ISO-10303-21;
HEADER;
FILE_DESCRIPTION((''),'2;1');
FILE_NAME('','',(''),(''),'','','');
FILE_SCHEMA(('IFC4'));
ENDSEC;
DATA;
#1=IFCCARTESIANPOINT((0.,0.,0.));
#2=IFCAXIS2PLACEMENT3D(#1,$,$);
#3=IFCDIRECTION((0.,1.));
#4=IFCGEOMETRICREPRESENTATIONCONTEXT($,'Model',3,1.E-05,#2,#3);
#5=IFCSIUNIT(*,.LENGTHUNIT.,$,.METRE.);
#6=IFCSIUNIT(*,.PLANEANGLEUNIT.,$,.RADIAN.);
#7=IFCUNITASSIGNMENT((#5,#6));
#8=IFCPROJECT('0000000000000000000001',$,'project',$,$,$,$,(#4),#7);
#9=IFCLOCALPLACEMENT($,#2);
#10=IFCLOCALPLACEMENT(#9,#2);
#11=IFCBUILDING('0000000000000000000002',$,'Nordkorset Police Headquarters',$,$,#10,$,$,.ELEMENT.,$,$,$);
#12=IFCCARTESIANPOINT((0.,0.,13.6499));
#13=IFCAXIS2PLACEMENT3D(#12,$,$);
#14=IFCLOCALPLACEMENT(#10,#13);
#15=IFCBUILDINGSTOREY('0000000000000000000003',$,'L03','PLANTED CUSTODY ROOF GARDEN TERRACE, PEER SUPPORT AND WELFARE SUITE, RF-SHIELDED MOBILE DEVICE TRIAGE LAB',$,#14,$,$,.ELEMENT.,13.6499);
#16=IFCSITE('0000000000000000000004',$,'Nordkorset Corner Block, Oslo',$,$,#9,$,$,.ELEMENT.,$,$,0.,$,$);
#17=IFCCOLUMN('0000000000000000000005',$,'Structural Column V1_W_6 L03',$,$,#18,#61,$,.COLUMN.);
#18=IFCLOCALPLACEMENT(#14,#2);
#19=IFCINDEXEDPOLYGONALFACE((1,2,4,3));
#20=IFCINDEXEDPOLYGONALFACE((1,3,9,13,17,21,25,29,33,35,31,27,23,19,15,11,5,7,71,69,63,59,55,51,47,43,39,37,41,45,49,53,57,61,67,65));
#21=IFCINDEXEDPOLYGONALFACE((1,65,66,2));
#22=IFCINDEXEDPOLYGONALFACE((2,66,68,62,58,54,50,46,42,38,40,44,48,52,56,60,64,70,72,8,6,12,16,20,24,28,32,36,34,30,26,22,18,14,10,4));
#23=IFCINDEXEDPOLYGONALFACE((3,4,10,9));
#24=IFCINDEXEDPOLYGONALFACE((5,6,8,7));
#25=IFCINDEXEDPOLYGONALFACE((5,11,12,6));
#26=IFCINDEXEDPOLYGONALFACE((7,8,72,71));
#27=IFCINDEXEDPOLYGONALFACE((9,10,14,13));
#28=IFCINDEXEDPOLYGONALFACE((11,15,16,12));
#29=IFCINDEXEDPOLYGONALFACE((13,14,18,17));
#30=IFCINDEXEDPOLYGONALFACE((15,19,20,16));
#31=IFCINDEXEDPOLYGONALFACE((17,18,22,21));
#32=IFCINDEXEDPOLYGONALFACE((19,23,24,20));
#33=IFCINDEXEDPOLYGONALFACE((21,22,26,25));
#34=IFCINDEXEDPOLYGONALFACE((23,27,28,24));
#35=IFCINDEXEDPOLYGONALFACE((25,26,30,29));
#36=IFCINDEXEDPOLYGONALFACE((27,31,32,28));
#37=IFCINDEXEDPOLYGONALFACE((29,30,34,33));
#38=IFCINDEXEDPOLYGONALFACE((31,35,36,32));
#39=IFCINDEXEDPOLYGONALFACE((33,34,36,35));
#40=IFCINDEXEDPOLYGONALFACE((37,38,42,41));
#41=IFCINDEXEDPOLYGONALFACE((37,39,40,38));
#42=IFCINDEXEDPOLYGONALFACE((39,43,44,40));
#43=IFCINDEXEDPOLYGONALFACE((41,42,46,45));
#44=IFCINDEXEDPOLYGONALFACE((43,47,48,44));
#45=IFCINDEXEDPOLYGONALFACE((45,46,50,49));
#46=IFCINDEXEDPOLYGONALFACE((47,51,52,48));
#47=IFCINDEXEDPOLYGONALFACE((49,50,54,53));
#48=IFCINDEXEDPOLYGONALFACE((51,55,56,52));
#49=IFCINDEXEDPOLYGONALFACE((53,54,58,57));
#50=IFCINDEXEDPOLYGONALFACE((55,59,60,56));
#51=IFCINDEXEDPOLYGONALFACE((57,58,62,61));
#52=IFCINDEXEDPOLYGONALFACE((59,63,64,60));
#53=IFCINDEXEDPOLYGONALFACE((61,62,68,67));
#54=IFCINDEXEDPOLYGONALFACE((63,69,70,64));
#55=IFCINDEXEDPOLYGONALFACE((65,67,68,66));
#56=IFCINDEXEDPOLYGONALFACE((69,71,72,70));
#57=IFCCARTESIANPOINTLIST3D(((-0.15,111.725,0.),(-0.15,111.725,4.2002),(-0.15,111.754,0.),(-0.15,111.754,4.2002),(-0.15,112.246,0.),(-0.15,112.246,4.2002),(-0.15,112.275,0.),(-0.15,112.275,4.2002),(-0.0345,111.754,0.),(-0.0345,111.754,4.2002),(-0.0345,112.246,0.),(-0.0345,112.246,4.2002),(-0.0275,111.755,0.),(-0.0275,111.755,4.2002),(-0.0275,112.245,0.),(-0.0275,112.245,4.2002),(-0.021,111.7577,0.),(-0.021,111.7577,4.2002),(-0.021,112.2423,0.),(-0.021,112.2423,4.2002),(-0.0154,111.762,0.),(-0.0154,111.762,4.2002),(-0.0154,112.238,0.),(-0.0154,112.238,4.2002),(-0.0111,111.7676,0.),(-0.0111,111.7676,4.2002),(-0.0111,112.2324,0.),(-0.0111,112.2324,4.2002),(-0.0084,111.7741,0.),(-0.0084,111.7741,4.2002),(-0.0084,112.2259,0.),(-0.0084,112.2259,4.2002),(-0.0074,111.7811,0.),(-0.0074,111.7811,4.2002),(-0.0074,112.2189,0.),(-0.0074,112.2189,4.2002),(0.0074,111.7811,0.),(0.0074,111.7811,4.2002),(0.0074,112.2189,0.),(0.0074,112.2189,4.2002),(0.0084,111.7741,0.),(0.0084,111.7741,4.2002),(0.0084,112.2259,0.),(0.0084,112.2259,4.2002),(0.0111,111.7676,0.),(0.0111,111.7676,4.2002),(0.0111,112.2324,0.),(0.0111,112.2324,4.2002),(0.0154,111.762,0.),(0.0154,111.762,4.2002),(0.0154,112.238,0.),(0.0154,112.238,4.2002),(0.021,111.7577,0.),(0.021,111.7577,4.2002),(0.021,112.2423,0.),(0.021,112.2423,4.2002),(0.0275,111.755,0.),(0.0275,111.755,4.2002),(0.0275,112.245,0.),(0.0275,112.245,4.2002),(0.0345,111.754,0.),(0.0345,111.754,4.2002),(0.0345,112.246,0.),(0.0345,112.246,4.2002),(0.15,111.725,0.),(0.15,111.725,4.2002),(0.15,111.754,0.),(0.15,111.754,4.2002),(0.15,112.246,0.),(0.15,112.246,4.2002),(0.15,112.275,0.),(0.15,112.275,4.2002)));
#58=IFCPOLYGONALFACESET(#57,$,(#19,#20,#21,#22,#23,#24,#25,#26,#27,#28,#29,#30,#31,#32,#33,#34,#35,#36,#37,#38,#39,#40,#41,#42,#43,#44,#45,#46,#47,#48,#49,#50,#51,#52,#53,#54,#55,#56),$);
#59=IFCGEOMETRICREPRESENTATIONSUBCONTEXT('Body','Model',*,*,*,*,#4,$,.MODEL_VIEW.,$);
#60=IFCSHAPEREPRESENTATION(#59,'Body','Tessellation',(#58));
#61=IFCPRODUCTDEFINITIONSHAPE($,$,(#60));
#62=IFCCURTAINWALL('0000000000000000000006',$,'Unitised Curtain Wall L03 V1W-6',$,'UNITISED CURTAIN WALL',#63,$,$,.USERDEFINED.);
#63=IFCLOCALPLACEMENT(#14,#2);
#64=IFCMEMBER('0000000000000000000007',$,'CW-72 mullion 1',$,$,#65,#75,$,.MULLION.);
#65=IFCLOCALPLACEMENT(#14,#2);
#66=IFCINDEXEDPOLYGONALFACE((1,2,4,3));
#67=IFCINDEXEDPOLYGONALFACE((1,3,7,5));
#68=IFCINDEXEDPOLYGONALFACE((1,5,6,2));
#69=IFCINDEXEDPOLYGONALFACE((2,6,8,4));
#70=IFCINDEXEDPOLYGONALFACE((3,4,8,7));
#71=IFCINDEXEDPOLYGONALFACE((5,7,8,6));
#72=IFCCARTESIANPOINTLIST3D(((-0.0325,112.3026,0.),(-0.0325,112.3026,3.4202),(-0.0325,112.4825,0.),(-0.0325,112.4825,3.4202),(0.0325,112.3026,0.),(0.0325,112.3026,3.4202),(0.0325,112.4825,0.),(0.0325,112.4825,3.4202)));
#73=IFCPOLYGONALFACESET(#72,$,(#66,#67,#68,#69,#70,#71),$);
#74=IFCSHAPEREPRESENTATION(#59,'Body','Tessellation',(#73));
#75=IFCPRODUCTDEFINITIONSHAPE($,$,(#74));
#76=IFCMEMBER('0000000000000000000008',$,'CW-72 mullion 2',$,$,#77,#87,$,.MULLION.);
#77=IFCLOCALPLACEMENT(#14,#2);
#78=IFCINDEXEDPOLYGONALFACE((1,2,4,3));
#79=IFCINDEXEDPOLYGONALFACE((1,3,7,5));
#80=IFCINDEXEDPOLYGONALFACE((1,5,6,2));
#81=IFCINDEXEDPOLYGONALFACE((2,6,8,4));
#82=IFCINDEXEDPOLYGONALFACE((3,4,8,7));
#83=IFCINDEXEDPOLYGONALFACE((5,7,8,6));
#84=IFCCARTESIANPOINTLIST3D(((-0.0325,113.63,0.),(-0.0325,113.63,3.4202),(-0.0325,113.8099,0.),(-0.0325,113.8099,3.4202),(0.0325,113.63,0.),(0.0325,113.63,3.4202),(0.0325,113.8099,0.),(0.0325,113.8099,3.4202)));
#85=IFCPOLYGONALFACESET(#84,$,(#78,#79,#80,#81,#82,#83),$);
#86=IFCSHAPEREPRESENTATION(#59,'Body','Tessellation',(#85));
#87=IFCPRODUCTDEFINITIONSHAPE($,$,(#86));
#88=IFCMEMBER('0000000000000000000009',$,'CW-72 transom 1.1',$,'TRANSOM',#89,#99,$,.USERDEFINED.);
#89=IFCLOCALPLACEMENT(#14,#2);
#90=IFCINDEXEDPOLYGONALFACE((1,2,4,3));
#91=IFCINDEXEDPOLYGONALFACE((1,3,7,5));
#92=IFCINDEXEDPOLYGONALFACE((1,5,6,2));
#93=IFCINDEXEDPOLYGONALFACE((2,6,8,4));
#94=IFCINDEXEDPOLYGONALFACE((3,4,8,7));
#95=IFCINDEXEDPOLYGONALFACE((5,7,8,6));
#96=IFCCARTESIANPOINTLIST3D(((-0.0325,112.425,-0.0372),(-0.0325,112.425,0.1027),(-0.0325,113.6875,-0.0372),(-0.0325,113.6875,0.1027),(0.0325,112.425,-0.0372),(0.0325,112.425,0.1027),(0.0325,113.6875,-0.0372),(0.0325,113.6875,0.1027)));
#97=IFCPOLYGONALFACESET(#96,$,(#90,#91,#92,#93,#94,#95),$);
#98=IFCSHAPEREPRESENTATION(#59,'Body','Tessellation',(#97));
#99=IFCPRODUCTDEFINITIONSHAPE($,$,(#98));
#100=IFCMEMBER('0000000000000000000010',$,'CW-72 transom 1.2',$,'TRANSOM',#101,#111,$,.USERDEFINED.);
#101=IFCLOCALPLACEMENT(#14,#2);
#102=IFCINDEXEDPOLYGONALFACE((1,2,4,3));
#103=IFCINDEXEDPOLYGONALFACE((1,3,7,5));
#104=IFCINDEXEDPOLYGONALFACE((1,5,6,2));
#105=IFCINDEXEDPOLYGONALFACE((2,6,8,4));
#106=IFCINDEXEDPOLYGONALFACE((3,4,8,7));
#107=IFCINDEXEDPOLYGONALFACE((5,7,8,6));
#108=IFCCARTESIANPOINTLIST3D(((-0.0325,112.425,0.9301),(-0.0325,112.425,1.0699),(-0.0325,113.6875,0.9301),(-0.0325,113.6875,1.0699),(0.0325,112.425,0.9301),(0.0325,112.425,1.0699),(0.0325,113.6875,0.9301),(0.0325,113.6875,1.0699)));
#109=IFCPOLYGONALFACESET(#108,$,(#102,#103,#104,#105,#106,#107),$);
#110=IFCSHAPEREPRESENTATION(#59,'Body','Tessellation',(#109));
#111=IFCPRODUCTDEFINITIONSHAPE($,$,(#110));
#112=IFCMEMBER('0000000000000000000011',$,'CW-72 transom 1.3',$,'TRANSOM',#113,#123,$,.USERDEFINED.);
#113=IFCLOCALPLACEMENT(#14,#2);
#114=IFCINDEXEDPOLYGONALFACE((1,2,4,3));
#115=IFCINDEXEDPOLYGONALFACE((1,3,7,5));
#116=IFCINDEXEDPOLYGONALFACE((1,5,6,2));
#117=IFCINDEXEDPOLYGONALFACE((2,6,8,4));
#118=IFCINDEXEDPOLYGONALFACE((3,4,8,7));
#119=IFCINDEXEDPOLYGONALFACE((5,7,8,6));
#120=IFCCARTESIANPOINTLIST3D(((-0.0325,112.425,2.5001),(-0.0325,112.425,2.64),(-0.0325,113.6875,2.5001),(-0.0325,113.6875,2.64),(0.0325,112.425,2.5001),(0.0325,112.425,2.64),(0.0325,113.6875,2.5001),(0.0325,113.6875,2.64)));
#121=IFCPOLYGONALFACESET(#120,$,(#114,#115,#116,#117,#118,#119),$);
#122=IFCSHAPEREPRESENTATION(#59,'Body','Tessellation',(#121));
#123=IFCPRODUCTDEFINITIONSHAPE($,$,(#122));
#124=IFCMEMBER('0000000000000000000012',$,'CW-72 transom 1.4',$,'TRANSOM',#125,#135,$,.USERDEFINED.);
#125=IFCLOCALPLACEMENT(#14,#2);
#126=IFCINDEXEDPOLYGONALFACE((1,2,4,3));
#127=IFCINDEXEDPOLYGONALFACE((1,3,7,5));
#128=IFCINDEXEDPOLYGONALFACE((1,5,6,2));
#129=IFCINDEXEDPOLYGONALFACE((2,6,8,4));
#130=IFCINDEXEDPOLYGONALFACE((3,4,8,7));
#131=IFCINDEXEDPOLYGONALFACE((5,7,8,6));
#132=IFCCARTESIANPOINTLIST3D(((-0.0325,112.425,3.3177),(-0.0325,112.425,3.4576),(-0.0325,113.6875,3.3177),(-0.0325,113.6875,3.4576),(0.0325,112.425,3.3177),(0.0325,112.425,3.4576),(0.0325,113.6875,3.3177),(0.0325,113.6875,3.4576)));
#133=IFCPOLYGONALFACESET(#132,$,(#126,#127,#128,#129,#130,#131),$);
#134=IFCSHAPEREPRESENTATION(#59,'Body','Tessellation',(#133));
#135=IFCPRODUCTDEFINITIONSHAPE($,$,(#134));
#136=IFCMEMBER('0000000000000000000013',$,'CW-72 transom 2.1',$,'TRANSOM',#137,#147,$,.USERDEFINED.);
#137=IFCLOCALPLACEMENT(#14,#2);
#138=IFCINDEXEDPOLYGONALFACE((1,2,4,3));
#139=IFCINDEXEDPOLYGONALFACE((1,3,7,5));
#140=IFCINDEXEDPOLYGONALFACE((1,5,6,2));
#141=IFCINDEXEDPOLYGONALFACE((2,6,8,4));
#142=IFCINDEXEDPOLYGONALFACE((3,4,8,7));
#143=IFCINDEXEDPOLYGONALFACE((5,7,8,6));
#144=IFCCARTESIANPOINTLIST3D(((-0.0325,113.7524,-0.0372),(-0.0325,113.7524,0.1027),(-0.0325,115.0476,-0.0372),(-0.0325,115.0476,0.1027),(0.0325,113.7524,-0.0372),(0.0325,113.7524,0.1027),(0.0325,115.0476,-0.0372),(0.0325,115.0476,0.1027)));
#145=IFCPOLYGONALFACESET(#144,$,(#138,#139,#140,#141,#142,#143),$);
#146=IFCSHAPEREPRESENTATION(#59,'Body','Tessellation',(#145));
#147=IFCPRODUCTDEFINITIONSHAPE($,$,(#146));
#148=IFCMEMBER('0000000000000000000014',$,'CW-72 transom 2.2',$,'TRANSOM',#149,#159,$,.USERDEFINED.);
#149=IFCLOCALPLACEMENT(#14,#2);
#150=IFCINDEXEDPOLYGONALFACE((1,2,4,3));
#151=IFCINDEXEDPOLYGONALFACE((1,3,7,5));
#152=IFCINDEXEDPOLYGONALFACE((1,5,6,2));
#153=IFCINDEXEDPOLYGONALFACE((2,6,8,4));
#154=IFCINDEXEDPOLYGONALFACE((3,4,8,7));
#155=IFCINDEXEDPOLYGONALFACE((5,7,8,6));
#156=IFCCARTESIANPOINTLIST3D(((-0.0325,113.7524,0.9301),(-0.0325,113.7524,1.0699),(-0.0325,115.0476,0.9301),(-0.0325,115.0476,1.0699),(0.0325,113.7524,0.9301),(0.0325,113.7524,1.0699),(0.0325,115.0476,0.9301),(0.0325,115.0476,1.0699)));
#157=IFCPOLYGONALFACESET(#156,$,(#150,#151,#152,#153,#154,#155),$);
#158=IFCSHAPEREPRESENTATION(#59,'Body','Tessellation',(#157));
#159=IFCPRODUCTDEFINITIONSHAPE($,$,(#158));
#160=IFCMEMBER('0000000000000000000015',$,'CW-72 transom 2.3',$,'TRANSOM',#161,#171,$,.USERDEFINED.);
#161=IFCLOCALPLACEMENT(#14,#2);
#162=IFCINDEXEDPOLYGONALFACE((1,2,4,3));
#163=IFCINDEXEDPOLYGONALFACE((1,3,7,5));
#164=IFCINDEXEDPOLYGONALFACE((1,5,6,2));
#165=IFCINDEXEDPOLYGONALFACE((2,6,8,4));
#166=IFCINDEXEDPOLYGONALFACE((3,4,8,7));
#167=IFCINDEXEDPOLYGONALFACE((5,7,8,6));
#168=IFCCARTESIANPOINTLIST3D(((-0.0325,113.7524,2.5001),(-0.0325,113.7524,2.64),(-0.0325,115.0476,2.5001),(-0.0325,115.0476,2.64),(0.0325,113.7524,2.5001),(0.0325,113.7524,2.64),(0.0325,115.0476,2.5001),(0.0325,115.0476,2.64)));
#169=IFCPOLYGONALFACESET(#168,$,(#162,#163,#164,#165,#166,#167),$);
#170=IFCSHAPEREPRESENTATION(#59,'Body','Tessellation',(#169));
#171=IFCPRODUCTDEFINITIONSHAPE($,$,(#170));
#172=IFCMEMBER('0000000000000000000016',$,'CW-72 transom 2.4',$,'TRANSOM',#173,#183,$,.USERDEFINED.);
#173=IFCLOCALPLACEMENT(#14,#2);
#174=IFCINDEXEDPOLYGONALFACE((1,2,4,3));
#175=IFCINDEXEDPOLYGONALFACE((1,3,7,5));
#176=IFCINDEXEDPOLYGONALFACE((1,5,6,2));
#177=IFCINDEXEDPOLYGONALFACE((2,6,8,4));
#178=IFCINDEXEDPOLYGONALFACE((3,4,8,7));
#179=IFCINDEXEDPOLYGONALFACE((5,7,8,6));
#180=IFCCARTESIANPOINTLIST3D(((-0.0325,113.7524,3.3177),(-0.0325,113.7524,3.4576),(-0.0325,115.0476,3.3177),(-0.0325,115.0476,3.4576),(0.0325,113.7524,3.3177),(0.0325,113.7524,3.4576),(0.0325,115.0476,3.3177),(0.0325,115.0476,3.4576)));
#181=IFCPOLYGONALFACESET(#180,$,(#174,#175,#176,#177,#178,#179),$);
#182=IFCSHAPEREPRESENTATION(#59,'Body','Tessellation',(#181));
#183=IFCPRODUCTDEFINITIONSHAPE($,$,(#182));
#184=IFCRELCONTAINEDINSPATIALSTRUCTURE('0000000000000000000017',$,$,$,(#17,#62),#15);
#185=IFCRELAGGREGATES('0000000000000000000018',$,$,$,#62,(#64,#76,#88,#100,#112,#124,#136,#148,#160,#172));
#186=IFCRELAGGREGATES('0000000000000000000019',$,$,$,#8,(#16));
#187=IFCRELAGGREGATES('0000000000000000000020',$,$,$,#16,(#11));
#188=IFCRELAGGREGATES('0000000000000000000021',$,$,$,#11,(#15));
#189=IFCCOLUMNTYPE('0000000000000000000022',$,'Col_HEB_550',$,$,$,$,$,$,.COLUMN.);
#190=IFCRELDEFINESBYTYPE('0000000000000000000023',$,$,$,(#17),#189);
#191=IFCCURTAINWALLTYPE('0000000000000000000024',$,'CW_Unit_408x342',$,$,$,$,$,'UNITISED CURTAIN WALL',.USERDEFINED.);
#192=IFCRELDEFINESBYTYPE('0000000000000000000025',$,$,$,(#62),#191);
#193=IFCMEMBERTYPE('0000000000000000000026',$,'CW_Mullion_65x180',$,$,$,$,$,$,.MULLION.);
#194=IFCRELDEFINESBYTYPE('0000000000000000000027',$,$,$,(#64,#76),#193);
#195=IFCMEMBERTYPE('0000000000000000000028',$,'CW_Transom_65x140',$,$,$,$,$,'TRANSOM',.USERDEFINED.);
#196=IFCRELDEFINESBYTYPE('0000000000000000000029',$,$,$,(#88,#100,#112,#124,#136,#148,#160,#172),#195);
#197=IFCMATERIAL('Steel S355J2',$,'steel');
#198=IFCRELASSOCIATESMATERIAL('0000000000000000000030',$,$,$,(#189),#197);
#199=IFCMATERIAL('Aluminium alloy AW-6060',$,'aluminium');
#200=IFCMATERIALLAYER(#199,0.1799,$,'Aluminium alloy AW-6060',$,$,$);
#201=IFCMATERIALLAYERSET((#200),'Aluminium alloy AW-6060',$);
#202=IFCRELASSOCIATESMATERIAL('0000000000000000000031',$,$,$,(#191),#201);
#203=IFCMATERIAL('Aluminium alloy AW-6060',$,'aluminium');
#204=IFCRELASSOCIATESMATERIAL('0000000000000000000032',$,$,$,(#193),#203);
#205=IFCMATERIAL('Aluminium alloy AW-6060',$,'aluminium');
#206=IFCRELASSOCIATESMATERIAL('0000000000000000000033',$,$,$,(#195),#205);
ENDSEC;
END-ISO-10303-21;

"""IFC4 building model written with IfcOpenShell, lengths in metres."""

from ifc_helpers import new_model, si_unit, direction, frame, origin, origin_2d, place, context, subcontext, project, spatial, rectangle, i_section, extrude, material, layer, layer_set, material_profile, profile_set, type_object, element, aggregate, save


model = new_model("IFC4")

# Units and contexts
model_context = context("Model", 3, precision=1e-05, world=origin(), true_north=direction((0.0, 1.0)))
body_context = subcontext(model_context, "Body", "Model", "MODEL_VIEW")
ifc_project = project(units=[si_unit("LENGTHUNIT", "METRE"), si_unit("PLANEANGLEUNIT", "RADIAN")], contexts=[model_context])

# Site, building, storey
site_placement = place(None, origin())
site = spatial("IfcSite", under=ifc_project, at=site_placement, Name="Nordkorset Corner Block, Oslo", CompositionType="ELEMENT", RefElevation=0.0)
building_placement = place(site_placement, origin())
building = spatial("IfcBuilding", under=site, at=building_placement, Name="Nordkorset Police Headquarters", CompositionType="ELEMENT")
storey_placement = place(building_placement, frame((0.0, 0.0, 13.6499)))
storey = spatial("IfcBuildingStorey", under=building, at=storey_placement, Name="L03", Description="PLANTED CUSTODY ROOF GARDEN TERRACE, PEER SUPPORT AND WELFARE SUITE, RF-SHIELDED MOBILE DEVICE TRIAGE LAB", CompositionType="ELEMENT", Elevation=13.6499)

# Column
ifc_material_1 = material(Name="Steel S355J2", Category="steel")
ifc_material_profile_1 = material_profile(ifc_material_1, i_section(OverallWidth=0.3, OverallDepth=0.55, WebThickness=0.0149, FlangeThickness=0.0291, FilletRadius=0.0271, at=origin_2d()), Name="HEB 550")
ifc_profile_set_1 = profile_set([ifc_material_profile_1], Name="Steel S355J2")
column_type = type_object("IfcColumnType", Name="Col_HEB_550", PredefinedType="COLUMN", material=ifc_profile_set_1)
column_placement = place(storey_placement, frame((0.0, 112.0, 0.0), z_axis=(0.0, 0.0, 1.0), x_axis=(1.0, 0.0, 0.0)))
element("IfcColumn", 1, at=column_placement, inside=storey, type_object=column_type, Name="Structural Column V1_W_6 L03", PredefinedType="COLUMN", context=body_context, shape_type="SweptSolid", body=[
    extrude(i_section(OverallWidth=0.3, OverallDepth=0.55, WebThickness=0.0149, FlangeThickness=0.0291, FilletRadius=0.0271, at=origin_2d()), origin(), (0.0, 0.0, 1.0), 4.2002),
])

# Curtain wall, members
ifc_material_2 = material(Name="Aluminium alloy AW-6060", Category="aluminium")
ifc_layer_1 = layer(ifc_material_2, 0.1799, Name="Aluminium alloy AW-6060")
ifc_layer_set_1 = layer_set([ifc_layer_1], Name="Aluminium alloy AW-6060")
curtain_wall_type = type_object("IfcCurtainWallType", Name="CW_Unit_408x342", ElementType="UNITISED CURTAIN WALL", PredefinedType="USERDEFINED", material=ifc_layer_set_1)
curtain_wall_placement = place(storey_placement, origin())
curtain_wall = element("IfcCurtainWall", 2, at=curtain_wall_placement, inside=storey, type_object=curtain_wall_type, Name="Unitised Curtain Wall L03 V1W-6", ObjectType="UNITISED CURTAIN WALL", PredefinedType="USERDEFINED")
ifc_material_3 = material(Name="Aluminium alloy AW-6060", Category="aluminium")
ifc_material_profile_2 = material_profile(ifc_material_3, rectangle(XDim=0.0649, YDim=0.1799, at=origin_2d()), Name="ALU MULL 65x180")
ifc_profile_set_2 = profile_set([ifc_material_profile_2], Name="Aluminium alloy AW-6060")
member_type_1 = type_object("IfcMemberType", Name="CW_Mullion_65x180", PredefinedType="MULLION", material=ifc_profile_set_2)
member_1_placement = place(storey_placement, frame((0.0, 112.3926, 0.0), z_axis=(0.0, 0.0, 1.0), x_axis=(-1.0, 0.0, 0.0)))
member_1 = element("IfcMember", 3, at=member_1_placement, type_object=member_type_1, Name="CW-72 mullion 1", PredefinedType="MULLION", context=body_context, shape_type="SweptSolid", body=[
    extrude(rectangle(XDim=0.0649, YDim=0.1799, at=origin_2d()), origin(), (0.0, 0.0, 1.0), 3.4202),
])
member_2_placement = place(storey_placement, frame((0.0, 113.72, 0.0), z_axis=(0.0, 0.0, 1.0), x_axis=(-1.0, 0.0, 0.0)))
member_2 = element("IfcMember", 4, at=member_2_placement, type_object=member_type_1, Name="CW-72 mullion 2", PredefinedType="MULLION", context=body_context, shape_type="SweptSolid", body=[
    extrude(rectangle(XDim=0.0649, YDim=0.1799, at=origin_2d()), origin(), (0.0, 0.0, 1.0), 3.4202),
])
ifc_material_4 = material(Name="Aluminium alloy AW-6060", Category="aluminium")
ifc_material_profile_3 = material_profile(ifc_material_4, rectangle(XDim=0.0649, YDim=0.1399, at=origin_2d()), Name="ALU TRAN 65x140")
ifc_profile_set_3 = profile_set([ifc_material_profile_3], Name="Aluminium alloy AW-6060")
member_type_2 = type_object("IfcMemberType", Name="CW_Transom_65x140", ElementType="TRANSOM", PredefinedType="USERDEFINED", material=ifc_profile_set_3)
member_3_placement = place(storey_placement, frame((0.0, 112.425, 0.0327), z_axis=(0.0, 1.0, 0.0), x_axis=(-1.0, 0.0, 0.0)))
member_3 = element("IfcMember", 5, at=member_3_placement, type_object=member_type_2, Name="CW-72 transom 1.1", ObjectType="TRANSOM", PredefinedType="USERDEFINED", context=body_context, shape_type="SweptSolid", body=[
    extrude(rectangle(XDim=0.0649, YDim=0.1399, at=origin_2d()), origin(), (0.0, 0.0, 1.0), 1.2625),
])
member_4_placement = place(storey_placement, frame((0.0, 112.425, 1.0), z_axis=(0.0, 1.0, 0.0), x_axis=(-1.0, 0.0, 0.0)))
member_4 = element("IfcMember", 6, at=member_4_placement, type_object=member_type_2, Name="CW-72 transom 1.2", ObjectType="TRANSOM", PredefinedType="USERDEFINED", context=body_context, shape_type="SweptSolid", body=[
    extrude(rectangle(XDim=0.0649, YDim=0.1399, at=origin_2d()), origin(), (0.0, 0.0, 1.0), 1.2625),
])
member_5_placement = place(storey_placement, frame((0.0, 112.425, 2.5701), z_axis=(0.0, 1.0, 0.0), x_axis=(-1.0, 0.0, 0.0)))
member_5 = element("IfcMember", 7, at=member_5_placement, type_object=member_type_2, Name="CW-72 transom 1.3", ObjectType="TRANSOM", PredefinedType="USERDEFINED", context=body_context, shape_type="SweptSolid", body=[
    extrude(rectangle(XDim=0.0649, YDim=0.1399, at=origin_2d()), origin(), (0.0, 0.0, 1.0), 1.2625),
])
member_6_placement = place(storey_placement, frame((0.0, 112.425, 3.3877), z_axis=(0.0, 1.0, 0.0), x_axis=(-1.0, 0.0, 0.0)))
member_6 = element("IfcMember", 8, at=member_6_placement, type_object=member_type_2, Name="CW-72 transom 1.4", ObjectType="TRANSOM", PredefinedType="USERDEFINED", context=body_context, shape_type="SweptSolid", body=[
    extrude(rectangle(XDim=0.0649, YDim=0.1399, at=origin_2d()), origin(), (0.0, 0.0, 1.0), 1.2625),
])
member_7_placement = place(storey_placement, frame((0.0, 113.7524, 0.0327), z_axis=(0.0, 1.0, 0.0), x_axis=(-1.0, 0.0, 0.0)))
member_7 = element("IfcMember", 9, at=member_7_placement, type_object=member_type_2, Name="CW-72 transom 2.1", ObjectType="TRANSOM", PredefinedType="USERDEFINED", context=body_context, shape_type="SweptSolid", body=[
    extrude(rectangle(XDim=0.0649, YDim=0.1399, at=origin_2d()), origin(), (0.0, 0.0, 1.0), 1.2952),
])
member_8_placement = place(storey_placement, frame((0.0, 113.7524, 1.0), z_axis=(0.0, 1.0, 0.0), x_axis=(-1.0, 0.0, 0.0)))
member_8 = element("IfcMember", 10, at=member_8_placement, type_object=member_type_2, Name="CW-72 transom 2.2", ObjectType="TRANSOM", PredefinedType="USERDEFINED", context=body_context, shape_type="SweptSolid", body=[
    extrude(rectangle(XDim=0.0649, YDim=0.1399, at=origin_2d()), origin(), (0.0, 0.0, 1.0), 1.2952),
])
member_9_placement = place(storey_placement, frame((0.0, 113.7524, 2.5701), z_axis=(0.0, 1.0, 0.0), x_axis=(-1.0, 0.0, 0.0)))
member_9 = element("IfcMember", 11, at=member_9_placement, type_object=member_type_2, Name="CW-72 transom 2.3", ObjectType="TRANSOM", PredefinedType="USERDEFINED", context=body_context, shape_type="SweptSolid", body=[
    extrude(rectangle(XDim=0.0649, YDim=0.1399, at=origin_2d()), origin(), (0.0, 0.0, 1.0), 1.2952),
])
member_10_placement = place(storey_placement, frame((0.0, 113.7524, 3.3877), z_axis=(0.0, 1.0, 0.0), x_axis=(-1.0, 0.0, 0.0)))
member_10 = element("IfcMember", 12, at=member_10_placement, type_object=member_type_2, Name="CW-72 transom 2.4", ObjectType="TRANSOM", PredefinedType="USERDEFINED", context=body_context, shape_type="SweptSolid", body=[
    extrude(rectangle(XDim=0.0649, YDim=0.1399, at=origin_2d()), origin(), (0.0, 0.0, 1.0), 1.2952),
])

aggregate(curtain_wall, [member_1, member_2, member_3, member_4, member_5, member_6, member_7, member_8, member_9, member_10])

save(model, "model.ifc")
